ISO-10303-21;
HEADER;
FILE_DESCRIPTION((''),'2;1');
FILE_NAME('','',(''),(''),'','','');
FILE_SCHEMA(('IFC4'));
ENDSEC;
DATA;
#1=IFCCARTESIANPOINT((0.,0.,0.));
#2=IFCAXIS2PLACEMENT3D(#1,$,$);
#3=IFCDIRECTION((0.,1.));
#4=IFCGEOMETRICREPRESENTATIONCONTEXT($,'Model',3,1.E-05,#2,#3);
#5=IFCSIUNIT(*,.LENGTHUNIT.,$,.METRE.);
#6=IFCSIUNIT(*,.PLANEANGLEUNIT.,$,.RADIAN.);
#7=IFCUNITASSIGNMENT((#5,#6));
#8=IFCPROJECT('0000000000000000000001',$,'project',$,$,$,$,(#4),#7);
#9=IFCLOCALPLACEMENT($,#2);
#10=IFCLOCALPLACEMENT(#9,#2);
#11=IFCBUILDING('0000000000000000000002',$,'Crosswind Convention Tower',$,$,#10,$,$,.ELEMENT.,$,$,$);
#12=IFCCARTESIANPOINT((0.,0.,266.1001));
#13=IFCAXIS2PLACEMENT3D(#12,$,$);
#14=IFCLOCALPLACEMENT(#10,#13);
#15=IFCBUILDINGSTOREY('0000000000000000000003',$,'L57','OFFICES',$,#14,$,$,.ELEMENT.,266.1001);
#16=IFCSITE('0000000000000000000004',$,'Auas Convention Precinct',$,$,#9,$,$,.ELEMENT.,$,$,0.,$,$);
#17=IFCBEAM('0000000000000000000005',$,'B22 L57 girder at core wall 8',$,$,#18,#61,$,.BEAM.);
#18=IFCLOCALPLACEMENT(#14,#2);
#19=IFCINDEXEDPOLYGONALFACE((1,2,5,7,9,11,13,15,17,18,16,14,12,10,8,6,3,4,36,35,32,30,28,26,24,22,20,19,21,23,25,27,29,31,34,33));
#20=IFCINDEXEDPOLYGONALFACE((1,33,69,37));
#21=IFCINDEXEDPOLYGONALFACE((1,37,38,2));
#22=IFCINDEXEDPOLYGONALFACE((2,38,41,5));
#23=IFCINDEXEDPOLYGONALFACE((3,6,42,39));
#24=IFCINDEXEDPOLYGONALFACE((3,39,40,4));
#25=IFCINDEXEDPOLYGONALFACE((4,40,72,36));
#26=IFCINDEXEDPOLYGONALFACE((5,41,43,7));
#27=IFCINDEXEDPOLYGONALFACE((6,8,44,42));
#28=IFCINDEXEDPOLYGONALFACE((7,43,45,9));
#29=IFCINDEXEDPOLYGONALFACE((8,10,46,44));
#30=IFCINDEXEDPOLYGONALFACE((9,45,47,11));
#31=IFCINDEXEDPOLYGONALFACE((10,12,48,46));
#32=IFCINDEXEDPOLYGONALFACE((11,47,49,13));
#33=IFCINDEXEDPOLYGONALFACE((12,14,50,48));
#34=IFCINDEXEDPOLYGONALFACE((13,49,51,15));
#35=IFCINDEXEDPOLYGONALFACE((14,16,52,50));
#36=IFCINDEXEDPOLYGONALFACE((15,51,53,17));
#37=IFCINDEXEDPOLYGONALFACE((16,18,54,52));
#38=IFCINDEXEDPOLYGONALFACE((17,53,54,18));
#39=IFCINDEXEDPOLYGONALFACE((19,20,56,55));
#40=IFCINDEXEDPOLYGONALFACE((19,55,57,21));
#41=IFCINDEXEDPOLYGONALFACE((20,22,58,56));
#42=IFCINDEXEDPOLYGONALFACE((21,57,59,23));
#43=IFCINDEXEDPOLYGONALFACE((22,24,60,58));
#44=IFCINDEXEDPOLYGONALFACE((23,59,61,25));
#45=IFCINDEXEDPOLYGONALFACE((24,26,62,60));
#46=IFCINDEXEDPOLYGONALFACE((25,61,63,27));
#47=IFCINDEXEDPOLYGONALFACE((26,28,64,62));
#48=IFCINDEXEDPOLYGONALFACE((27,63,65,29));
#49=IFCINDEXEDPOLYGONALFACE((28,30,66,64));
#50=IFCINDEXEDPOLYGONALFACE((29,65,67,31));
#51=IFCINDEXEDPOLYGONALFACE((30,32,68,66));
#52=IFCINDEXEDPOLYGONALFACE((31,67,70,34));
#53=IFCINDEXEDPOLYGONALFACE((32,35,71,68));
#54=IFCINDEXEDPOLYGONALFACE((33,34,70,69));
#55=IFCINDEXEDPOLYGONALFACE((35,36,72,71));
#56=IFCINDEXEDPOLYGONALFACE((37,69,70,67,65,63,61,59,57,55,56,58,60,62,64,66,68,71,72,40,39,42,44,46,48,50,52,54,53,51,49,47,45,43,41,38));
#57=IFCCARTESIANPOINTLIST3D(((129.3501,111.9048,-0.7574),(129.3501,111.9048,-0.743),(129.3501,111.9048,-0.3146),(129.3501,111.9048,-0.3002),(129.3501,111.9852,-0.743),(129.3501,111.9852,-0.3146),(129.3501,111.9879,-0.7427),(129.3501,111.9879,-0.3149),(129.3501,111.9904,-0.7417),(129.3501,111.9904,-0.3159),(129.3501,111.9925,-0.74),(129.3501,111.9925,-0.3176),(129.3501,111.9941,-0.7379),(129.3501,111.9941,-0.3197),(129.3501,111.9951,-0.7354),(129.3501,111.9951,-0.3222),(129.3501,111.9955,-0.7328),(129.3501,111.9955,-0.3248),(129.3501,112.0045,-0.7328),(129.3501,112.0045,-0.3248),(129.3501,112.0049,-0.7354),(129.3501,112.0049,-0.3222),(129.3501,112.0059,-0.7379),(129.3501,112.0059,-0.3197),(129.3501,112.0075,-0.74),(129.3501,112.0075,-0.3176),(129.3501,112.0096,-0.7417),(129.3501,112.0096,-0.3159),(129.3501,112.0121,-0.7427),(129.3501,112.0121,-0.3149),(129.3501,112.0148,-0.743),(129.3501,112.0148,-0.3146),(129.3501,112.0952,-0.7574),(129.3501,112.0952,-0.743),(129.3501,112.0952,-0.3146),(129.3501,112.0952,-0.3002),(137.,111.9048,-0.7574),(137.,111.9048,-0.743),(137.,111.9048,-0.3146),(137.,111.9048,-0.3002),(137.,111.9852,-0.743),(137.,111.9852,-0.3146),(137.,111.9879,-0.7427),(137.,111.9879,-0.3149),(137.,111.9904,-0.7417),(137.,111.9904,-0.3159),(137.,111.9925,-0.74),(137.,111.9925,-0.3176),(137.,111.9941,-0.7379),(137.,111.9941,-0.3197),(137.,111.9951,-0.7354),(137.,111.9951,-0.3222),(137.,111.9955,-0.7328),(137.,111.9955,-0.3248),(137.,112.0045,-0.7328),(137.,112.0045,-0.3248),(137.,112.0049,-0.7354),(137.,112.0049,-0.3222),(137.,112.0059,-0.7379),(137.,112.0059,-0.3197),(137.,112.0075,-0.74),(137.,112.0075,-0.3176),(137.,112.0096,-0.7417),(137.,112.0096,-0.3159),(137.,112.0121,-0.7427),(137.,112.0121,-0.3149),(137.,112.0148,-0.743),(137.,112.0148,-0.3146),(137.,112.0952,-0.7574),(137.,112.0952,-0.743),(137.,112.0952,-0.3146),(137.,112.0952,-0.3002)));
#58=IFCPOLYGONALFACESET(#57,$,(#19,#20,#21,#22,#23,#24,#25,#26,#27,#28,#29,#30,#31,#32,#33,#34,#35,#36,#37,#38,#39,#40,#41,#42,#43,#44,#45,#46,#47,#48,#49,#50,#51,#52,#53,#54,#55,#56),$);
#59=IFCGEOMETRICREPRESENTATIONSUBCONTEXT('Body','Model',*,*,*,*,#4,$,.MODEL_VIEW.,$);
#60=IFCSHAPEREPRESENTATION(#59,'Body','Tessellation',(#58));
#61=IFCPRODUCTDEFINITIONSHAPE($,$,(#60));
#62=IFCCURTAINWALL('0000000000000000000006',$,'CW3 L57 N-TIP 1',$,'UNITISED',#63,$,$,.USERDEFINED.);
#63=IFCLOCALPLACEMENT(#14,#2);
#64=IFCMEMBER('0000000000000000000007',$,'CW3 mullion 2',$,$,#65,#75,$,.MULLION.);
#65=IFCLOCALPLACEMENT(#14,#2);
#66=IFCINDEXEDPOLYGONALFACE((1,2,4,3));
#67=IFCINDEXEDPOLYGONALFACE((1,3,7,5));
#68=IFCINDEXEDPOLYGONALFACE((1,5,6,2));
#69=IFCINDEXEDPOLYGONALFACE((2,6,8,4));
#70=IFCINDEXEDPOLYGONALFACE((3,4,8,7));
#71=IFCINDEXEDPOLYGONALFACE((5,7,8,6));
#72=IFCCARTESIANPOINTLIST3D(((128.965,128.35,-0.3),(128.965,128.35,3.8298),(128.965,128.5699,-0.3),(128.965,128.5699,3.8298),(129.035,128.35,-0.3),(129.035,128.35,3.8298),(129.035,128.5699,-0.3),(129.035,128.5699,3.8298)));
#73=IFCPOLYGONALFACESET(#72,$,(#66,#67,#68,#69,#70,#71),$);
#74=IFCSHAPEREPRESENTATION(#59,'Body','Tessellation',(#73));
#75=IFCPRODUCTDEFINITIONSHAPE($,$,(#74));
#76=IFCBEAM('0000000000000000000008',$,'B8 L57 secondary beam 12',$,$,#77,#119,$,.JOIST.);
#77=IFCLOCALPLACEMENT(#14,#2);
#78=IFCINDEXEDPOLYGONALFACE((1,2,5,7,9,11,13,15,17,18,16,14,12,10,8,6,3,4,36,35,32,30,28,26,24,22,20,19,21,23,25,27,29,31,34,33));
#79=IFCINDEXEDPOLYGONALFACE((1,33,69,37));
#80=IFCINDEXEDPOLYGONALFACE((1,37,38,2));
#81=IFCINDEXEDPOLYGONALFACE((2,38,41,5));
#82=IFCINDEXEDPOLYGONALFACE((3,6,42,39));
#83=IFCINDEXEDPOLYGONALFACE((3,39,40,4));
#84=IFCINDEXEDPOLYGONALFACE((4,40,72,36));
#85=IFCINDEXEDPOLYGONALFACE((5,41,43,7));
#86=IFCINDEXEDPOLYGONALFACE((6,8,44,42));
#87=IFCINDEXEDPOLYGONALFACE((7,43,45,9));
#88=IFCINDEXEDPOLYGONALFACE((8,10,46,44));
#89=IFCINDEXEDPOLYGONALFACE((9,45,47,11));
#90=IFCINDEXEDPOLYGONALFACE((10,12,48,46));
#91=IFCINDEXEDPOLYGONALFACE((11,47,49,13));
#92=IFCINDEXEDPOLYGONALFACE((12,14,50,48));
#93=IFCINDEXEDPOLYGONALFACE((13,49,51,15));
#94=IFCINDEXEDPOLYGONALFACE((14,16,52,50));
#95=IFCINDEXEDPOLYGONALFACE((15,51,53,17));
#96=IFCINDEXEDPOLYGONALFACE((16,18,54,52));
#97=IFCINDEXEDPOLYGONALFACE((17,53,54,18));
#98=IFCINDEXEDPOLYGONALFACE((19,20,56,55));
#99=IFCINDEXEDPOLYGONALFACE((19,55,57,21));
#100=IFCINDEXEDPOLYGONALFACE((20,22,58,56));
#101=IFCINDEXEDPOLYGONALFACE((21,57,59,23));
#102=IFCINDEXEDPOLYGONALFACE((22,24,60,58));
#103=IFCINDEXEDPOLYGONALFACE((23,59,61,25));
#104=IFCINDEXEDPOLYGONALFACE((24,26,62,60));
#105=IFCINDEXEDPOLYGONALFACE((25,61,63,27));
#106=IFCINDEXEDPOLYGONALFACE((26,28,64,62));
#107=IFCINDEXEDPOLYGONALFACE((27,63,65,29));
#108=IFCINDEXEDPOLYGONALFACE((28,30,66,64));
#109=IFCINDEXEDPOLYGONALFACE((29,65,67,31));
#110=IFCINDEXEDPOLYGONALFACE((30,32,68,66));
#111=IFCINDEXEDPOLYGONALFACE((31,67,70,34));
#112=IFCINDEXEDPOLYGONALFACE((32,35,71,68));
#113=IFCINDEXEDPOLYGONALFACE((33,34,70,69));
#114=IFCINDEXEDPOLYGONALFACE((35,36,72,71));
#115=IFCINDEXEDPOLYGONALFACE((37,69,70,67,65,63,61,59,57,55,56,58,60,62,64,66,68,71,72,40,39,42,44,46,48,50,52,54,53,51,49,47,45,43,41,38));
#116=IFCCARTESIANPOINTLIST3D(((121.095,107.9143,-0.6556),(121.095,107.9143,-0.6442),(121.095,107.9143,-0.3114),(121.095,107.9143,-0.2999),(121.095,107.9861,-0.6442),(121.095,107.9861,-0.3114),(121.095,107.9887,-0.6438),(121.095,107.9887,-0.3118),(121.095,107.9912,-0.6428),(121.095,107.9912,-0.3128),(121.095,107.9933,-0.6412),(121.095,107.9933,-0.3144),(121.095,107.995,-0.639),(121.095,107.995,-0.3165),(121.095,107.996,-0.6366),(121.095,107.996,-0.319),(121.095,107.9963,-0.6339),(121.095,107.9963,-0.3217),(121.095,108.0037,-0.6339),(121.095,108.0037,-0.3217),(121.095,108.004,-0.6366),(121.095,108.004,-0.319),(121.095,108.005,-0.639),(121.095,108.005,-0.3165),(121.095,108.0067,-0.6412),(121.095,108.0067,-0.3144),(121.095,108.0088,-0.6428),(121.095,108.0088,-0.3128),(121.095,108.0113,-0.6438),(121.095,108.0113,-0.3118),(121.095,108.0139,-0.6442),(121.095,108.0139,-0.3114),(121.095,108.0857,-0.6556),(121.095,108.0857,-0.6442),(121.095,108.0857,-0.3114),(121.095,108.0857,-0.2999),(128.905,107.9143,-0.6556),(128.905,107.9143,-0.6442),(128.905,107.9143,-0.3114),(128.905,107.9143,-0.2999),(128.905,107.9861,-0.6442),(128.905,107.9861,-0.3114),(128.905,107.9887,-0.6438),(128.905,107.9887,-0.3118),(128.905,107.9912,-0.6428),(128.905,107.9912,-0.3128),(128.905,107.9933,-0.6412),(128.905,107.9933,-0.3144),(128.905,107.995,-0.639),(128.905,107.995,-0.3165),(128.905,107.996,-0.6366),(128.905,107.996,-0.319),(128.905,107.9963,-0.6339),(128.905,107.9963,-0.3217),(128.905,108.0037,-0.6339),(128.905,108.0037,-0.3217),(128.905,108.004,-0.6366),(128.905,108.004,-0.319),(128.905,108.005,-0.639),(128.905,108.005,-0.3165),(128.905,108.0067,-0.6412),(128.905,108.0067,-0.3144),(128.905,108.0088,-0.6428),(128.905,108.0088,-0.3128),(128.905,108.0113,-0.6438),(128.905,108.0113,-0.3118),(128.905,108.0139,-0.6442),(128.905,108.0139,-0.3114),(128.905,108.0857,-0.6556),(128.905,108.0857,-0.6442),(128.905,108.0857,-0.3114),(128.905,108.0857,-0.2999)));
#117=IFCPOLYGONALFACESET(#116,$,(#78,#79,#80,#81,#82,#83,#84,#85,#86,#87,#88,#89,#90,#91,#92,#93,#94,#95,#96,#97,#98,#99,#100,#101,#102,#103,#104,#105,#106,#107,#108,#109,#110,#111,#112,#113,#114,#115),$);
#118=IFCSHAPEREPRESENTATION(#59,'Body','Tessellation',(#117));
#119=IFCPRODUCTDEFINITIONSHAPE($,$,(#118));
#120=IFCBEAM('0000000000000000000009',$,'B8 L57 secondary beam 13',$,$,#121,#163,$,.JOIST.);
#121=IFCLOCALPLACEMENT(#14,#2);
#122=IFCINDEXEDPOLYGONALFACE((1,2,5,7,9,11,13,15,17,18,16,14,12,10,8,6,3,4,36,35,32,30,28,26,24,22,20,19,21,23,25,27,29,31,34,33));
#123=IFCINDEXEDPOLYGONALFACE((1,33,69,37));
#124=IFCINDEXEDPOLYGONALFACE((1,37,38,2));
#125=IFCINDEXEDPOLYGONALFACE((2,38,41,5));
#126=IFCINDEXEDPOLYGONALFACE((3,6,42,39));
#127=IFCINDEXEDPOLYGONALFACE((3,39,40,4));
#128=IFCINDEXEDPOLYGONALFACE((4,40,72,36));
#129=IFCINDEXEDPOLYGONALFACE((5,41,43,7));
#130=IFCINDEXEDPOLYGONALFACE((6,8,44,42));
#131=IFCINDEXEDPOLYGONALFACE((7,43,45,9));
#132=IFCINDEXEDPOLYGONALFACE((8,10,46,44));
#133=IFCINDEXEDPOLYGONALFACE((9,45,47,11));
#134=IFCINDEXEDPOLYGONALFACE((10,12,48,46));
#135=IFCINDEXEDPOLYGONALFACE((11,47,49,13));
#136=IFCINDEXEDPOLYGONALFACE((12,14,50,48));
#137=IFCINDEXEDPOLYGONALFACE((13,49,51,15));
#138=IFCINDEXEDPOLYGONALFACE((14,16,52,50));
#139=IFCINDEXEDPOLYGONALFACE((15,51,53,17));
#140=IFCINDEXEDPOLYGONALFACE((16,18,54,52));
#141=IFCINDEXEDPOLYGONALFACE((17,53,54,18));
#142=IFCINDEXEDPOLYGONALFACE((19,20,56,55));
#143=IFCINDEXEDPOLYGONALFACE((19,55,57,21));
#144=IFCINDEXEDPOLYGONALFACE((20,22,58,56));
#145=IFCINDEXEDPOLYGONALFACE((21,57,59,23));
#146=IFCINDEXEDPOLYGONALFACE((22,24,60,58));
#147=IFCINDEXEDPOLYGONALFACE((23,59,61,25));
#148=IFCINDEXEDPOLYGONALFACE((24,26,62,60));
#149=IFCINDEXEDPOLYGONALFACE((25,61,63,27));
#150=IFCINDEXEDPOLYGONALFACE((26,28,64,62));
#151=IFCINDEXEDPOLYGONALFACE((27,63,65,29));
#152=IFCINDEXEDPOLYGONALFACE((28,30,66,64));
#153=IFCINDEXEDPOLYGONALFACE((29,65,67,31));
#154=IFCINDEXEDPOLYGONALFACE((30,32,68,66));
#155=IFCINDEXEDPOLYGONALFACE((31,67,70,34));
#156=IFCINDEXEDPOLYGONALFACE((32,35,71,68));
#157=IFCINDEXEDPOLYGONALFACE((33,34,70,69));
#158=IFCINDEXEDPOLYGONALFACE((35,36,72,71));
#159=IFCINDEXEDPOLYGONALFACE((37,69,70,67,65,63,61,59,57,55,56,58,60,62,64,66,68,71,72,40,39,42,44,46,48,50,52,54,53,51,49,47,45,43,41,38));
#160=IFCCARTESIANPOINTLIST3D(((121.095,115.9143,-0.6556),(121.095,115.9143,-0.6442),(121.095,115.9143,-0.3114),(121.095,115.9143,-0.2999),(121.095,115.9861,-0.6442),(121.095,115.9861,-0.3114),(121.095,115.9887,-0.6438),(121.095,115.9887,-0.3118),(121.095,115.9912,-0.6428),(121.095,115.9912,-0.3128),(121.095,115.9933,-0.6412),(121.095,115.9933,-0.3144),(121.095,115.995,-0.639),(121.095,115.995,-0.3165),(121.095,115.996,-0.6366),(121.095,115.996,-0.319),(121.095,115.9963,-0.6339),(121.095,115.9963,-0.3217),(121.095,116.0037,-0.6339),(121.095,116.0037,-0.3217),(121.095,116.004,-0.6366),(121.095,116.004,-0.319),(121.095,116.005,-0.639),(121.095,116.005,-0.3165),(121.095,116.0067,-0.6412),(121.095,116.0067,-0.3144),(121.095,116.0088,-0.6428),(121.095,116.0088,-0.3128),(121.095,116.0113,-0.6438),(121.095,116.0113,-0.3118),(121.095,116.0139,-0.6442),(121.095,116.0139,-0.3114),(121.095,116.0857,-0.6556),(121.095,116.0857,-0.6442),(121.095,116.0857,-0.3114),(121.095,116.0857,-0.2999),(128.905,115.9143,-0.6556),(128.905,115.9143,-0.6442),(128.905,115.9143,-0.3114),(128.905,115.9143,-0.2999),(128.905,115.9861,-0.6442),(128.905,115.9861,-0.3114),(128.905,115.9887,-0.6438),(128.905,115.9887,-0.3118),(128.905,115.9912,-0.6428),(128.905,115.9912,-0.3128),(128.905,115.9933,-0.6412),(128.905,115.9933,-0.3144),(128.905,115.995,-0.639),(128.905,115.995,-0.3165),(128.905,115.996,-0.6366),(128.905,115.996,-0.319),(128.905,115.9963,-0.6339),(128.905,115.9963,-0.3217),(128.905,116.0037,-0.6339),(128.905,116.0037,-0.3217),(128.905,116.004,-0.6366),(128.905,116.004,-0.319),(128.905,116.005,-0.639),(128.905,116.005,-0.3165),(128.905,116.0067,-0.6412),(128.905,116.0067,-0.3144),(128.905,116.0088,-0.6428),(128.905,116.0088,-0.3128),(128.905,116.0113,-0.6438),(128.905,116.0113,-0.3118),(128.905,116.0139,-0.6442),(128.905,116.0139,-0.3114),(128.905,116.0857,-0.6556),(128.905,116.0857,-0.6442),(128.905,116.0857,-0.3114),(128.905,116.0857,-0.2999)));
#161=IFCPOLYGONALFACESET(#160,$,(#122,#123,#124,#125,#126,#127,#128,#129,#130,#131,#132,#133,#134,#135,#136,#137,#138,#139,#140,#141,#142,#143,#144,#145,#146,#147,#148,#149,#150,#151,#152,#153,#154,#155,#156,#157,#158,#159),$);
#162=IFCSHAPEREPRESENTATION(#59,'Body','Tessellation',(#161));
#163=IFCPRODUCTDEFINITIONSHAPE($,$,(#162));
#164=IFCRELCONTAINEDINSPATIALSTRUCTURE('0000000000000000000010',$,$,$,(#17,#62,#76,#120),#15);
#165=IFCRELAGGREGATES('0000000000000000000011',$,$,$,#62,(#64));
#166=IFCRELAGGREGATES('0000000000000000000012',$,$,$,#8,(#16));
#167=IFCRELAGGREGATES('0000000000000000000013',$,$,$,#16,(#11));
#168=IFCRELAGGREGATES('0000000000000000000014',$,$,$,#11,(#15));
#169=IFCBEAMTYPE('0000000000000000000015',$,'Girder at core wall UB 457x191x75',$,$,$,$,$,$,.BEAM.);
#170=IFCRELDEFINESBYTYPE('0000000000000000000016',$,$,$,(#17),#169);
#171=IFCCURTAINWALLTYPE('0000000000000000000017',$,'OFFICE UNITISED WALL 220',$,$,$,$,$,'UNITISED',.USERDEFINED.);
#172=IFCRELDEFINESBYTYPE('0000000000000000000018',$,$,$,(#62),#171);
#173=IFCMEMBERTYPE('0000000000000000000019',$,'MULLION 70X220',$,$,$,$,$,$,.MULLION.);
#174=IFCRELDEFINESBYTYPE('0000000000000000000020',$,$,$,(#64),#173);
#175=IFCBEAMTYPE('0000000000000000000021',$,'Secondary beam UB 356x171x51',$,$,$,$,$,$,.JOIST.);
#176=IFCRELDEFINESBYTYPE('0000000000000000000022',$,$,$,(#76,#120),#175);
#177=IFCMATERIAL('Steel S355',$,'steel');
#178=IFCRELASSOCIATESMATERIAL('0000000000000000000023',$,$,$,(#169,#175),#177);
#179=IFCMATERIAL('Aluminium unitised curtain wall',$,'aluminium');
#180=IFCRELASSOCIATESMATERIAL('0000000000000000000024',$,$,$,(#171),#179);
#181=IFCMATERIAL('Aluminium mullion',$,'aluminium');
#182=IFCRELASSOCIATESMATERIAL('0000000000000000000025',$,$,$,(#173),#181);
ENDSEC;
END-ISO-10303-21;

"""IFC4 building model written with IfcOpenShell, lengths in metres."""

from ifc_helpers import new_model, si_unit, direction, frame, origin, origin_2d, place, context, subcontext, project, spatial, rectangle, i_section, extrude, material, material_profile, profile_set, type_object, element, aggregate, save


model = new_model("IFC4")

# Units and contexts
model_context = context("Model", 3, precision=1e-05, world=origin(), true_north=direction((0.0, 1.0)))
body_context = subcontext(model_context, "Body", "Model", "MODEL_VIEW")
ifc_project = project(units=[si_unit("LENGTHUNIT", "METRE"), si_unit("PLANEANGLEUNIT", "RADIAN")], contexts=[model_context])

# Site, building, storey
site_placement = place(None, origin())
site = spatial("IfcSite", under=ifc_project, at=site_placement, Name="Auas Convention Precinct", CompositionType="ELEMENT", RefElevation=0.0)
building_placement = place(site_placement, origin())
building = spatial("IfcBuilding", under=site, at=building_placement, Name="Crosswind Convention Tower", CompositionType="ELEMENT")
storey_placement = place(building_placement, frame((0.0, 0.0, 266.1001)))
storey = spatial("IfcBuildingStorey", under=building, at=storey_placement, Name="L57", Description="OFFICES", CompositionType="ELEMENT", Elevation=266.1001)

# Beam
ifc_material_1 = material(Name="Steel S355", Category="steel")
ifc_material_profile_1 = material_profile(ifc_material_1, i_section(OverallWidth=0.1904, OverallDepth=0.4573, WebThickness=0.009, FlangeThickness=0.0144, FilletRadius=0.0103, at=origin_2d()), Name="UB 457x191x75")
ifc_profile_set_1 = profile_set([ifc_material_profile_1], Name="Steel S355")
beam_type_1 = type_object("IfcBeamType", Name="Girder at core wall UB 457x191x75", PredefinedType="BEAM", material=ifc_profile_set_1)
for number, where, z_axis, x_axis, name in (
    (1, (129.3501, 112.0, -0.5288), (1.0, 0.0, 0.0), (0.0, 1.0, 0.0), "B22 L57 girder at core wall 8"),
):
    element("IfcBeam", number, at=place(storey_placement, frame(where, z_axis=z_axis, x_axis=x_axis)), inside=storey, type_object=beam_type_1, Name=name, PredefinedType="BEAM", context=body_context, shape_type="SweptSolid", body=[
        extrude(i_section(OverallWidth=0.1904, OverallDepth=0.4573, WebThickness=0.009, FlangeThickness=0.0144, FilletRadius=0.0103, at=origin_2d()), origin(), (0.0, 0.0, 1.0), 7.6499),
    ])

# Curtain wall, member
ifc_material_2 = material(Name="Aluminium unitised curtain wall", Category="aluminium")
curtain_wall_type = type_object("IfcCurtainWallType", Name="OFFICE UNITISED WALL 220", ElementType="UNITISED", PredefinedType="USERDEFINED", material=ifc_material_2)
curtain_wall_placement = place(storey_placement, origin())
curtain_wall = element("IfcCurtainWall", 2, at=curtain_wall_placement, inside=storey, type_object=curtain_wall_type, Name="CW3 L57 N-TIP 1", ObjectType="UNITISED", PredefinedType="USERDEFINED")
ifc_material_3 = material(Name="Aluminium mullion", Category="aluminium")
ifc_material_profile_2 = material_profile(ifc_material_3, rectangle(XDim=0.22, YDim=0.0701, at=origin_2d()), Name="AL 220X70")
ifc_profile_set_2 = profile_set([ifc_material_profile_2], Name="Aluminium mullion")
member_type = type_object("IfcMemberType", Name="MULLION 70X220", PredefinedType="MULLION", material=ifc_profile_set_2)
member_placement = place(storey_placement, frame((129.0, 128.46, -0.3), z_axis=(0.0, 0.0, 1.0), x_axis=(0.0, 1.0, 0.0)))
member = element("IfcMember", 3, at=member_placement, type_object=member_type, Name="CW3 mullion 2", PredefinedType="MULLION", context=body_context, shape_type="SweptSolid", body=[
    extrude(rectangle(XDim=0.22, YDim=0.0701, at=origin_2d()), origin(), (0.0, 0.0, 1.0), 4.1299),
])

# Beams
ifc_material_profile_3 = material_profile(ifc_material_1, i_section(OverallWidth=0.1714, OverallDepth=0.3557, WebThickness=0.0073, FlangeThickness=0.0115, FilletRadius=0.0103, at=origin_2d()), Name="UB 356x171x51")
ifc_profile_set_3 = profile_set([ifc_material_profile_3], Name="Steel S355")
beam_type_2 = type_object("IfcBeamType", Name="Secondary beam UB 356x171x51", PredefinedType="JOIST", material=ifc_profile_set_3)
for number, where, z_axis, x_axis, name in (
    (4, (121.095, 108.0, -0.4778), (1.0, 0.0, 0.0), (0.0, 1.0, 0.0), "B8 L57 secondary beam 12"),
    (5, (121.095, 116.0, -0.4778), (1.0, 0.0, 0.0), (0.0, 1.0, 0.0), "B8 L57 secondary beam 13"),
):
    element("IfcBeam", number, at=place(storey_placement, frame(where, z_axis=z_axis, x_axis=x_axis)), inside=storey, type_object=beam_type_2, Name=name, PredefinedType="JOIST", context=body_context, shape_type="SweptSolid", body=[
        extrude(i_section(OverallWidth=0.1714, OverallDepth=0.3557, WebThickness=0.0073, FlangeThickness=0.0115, FilletRadius=0.0103, at=origin_2d()), origin(), (0.0, 0.0, 1.0), 7.8101),
    ])

aggregate(curtain_wall, [member])

save(model, "model.ifc")
